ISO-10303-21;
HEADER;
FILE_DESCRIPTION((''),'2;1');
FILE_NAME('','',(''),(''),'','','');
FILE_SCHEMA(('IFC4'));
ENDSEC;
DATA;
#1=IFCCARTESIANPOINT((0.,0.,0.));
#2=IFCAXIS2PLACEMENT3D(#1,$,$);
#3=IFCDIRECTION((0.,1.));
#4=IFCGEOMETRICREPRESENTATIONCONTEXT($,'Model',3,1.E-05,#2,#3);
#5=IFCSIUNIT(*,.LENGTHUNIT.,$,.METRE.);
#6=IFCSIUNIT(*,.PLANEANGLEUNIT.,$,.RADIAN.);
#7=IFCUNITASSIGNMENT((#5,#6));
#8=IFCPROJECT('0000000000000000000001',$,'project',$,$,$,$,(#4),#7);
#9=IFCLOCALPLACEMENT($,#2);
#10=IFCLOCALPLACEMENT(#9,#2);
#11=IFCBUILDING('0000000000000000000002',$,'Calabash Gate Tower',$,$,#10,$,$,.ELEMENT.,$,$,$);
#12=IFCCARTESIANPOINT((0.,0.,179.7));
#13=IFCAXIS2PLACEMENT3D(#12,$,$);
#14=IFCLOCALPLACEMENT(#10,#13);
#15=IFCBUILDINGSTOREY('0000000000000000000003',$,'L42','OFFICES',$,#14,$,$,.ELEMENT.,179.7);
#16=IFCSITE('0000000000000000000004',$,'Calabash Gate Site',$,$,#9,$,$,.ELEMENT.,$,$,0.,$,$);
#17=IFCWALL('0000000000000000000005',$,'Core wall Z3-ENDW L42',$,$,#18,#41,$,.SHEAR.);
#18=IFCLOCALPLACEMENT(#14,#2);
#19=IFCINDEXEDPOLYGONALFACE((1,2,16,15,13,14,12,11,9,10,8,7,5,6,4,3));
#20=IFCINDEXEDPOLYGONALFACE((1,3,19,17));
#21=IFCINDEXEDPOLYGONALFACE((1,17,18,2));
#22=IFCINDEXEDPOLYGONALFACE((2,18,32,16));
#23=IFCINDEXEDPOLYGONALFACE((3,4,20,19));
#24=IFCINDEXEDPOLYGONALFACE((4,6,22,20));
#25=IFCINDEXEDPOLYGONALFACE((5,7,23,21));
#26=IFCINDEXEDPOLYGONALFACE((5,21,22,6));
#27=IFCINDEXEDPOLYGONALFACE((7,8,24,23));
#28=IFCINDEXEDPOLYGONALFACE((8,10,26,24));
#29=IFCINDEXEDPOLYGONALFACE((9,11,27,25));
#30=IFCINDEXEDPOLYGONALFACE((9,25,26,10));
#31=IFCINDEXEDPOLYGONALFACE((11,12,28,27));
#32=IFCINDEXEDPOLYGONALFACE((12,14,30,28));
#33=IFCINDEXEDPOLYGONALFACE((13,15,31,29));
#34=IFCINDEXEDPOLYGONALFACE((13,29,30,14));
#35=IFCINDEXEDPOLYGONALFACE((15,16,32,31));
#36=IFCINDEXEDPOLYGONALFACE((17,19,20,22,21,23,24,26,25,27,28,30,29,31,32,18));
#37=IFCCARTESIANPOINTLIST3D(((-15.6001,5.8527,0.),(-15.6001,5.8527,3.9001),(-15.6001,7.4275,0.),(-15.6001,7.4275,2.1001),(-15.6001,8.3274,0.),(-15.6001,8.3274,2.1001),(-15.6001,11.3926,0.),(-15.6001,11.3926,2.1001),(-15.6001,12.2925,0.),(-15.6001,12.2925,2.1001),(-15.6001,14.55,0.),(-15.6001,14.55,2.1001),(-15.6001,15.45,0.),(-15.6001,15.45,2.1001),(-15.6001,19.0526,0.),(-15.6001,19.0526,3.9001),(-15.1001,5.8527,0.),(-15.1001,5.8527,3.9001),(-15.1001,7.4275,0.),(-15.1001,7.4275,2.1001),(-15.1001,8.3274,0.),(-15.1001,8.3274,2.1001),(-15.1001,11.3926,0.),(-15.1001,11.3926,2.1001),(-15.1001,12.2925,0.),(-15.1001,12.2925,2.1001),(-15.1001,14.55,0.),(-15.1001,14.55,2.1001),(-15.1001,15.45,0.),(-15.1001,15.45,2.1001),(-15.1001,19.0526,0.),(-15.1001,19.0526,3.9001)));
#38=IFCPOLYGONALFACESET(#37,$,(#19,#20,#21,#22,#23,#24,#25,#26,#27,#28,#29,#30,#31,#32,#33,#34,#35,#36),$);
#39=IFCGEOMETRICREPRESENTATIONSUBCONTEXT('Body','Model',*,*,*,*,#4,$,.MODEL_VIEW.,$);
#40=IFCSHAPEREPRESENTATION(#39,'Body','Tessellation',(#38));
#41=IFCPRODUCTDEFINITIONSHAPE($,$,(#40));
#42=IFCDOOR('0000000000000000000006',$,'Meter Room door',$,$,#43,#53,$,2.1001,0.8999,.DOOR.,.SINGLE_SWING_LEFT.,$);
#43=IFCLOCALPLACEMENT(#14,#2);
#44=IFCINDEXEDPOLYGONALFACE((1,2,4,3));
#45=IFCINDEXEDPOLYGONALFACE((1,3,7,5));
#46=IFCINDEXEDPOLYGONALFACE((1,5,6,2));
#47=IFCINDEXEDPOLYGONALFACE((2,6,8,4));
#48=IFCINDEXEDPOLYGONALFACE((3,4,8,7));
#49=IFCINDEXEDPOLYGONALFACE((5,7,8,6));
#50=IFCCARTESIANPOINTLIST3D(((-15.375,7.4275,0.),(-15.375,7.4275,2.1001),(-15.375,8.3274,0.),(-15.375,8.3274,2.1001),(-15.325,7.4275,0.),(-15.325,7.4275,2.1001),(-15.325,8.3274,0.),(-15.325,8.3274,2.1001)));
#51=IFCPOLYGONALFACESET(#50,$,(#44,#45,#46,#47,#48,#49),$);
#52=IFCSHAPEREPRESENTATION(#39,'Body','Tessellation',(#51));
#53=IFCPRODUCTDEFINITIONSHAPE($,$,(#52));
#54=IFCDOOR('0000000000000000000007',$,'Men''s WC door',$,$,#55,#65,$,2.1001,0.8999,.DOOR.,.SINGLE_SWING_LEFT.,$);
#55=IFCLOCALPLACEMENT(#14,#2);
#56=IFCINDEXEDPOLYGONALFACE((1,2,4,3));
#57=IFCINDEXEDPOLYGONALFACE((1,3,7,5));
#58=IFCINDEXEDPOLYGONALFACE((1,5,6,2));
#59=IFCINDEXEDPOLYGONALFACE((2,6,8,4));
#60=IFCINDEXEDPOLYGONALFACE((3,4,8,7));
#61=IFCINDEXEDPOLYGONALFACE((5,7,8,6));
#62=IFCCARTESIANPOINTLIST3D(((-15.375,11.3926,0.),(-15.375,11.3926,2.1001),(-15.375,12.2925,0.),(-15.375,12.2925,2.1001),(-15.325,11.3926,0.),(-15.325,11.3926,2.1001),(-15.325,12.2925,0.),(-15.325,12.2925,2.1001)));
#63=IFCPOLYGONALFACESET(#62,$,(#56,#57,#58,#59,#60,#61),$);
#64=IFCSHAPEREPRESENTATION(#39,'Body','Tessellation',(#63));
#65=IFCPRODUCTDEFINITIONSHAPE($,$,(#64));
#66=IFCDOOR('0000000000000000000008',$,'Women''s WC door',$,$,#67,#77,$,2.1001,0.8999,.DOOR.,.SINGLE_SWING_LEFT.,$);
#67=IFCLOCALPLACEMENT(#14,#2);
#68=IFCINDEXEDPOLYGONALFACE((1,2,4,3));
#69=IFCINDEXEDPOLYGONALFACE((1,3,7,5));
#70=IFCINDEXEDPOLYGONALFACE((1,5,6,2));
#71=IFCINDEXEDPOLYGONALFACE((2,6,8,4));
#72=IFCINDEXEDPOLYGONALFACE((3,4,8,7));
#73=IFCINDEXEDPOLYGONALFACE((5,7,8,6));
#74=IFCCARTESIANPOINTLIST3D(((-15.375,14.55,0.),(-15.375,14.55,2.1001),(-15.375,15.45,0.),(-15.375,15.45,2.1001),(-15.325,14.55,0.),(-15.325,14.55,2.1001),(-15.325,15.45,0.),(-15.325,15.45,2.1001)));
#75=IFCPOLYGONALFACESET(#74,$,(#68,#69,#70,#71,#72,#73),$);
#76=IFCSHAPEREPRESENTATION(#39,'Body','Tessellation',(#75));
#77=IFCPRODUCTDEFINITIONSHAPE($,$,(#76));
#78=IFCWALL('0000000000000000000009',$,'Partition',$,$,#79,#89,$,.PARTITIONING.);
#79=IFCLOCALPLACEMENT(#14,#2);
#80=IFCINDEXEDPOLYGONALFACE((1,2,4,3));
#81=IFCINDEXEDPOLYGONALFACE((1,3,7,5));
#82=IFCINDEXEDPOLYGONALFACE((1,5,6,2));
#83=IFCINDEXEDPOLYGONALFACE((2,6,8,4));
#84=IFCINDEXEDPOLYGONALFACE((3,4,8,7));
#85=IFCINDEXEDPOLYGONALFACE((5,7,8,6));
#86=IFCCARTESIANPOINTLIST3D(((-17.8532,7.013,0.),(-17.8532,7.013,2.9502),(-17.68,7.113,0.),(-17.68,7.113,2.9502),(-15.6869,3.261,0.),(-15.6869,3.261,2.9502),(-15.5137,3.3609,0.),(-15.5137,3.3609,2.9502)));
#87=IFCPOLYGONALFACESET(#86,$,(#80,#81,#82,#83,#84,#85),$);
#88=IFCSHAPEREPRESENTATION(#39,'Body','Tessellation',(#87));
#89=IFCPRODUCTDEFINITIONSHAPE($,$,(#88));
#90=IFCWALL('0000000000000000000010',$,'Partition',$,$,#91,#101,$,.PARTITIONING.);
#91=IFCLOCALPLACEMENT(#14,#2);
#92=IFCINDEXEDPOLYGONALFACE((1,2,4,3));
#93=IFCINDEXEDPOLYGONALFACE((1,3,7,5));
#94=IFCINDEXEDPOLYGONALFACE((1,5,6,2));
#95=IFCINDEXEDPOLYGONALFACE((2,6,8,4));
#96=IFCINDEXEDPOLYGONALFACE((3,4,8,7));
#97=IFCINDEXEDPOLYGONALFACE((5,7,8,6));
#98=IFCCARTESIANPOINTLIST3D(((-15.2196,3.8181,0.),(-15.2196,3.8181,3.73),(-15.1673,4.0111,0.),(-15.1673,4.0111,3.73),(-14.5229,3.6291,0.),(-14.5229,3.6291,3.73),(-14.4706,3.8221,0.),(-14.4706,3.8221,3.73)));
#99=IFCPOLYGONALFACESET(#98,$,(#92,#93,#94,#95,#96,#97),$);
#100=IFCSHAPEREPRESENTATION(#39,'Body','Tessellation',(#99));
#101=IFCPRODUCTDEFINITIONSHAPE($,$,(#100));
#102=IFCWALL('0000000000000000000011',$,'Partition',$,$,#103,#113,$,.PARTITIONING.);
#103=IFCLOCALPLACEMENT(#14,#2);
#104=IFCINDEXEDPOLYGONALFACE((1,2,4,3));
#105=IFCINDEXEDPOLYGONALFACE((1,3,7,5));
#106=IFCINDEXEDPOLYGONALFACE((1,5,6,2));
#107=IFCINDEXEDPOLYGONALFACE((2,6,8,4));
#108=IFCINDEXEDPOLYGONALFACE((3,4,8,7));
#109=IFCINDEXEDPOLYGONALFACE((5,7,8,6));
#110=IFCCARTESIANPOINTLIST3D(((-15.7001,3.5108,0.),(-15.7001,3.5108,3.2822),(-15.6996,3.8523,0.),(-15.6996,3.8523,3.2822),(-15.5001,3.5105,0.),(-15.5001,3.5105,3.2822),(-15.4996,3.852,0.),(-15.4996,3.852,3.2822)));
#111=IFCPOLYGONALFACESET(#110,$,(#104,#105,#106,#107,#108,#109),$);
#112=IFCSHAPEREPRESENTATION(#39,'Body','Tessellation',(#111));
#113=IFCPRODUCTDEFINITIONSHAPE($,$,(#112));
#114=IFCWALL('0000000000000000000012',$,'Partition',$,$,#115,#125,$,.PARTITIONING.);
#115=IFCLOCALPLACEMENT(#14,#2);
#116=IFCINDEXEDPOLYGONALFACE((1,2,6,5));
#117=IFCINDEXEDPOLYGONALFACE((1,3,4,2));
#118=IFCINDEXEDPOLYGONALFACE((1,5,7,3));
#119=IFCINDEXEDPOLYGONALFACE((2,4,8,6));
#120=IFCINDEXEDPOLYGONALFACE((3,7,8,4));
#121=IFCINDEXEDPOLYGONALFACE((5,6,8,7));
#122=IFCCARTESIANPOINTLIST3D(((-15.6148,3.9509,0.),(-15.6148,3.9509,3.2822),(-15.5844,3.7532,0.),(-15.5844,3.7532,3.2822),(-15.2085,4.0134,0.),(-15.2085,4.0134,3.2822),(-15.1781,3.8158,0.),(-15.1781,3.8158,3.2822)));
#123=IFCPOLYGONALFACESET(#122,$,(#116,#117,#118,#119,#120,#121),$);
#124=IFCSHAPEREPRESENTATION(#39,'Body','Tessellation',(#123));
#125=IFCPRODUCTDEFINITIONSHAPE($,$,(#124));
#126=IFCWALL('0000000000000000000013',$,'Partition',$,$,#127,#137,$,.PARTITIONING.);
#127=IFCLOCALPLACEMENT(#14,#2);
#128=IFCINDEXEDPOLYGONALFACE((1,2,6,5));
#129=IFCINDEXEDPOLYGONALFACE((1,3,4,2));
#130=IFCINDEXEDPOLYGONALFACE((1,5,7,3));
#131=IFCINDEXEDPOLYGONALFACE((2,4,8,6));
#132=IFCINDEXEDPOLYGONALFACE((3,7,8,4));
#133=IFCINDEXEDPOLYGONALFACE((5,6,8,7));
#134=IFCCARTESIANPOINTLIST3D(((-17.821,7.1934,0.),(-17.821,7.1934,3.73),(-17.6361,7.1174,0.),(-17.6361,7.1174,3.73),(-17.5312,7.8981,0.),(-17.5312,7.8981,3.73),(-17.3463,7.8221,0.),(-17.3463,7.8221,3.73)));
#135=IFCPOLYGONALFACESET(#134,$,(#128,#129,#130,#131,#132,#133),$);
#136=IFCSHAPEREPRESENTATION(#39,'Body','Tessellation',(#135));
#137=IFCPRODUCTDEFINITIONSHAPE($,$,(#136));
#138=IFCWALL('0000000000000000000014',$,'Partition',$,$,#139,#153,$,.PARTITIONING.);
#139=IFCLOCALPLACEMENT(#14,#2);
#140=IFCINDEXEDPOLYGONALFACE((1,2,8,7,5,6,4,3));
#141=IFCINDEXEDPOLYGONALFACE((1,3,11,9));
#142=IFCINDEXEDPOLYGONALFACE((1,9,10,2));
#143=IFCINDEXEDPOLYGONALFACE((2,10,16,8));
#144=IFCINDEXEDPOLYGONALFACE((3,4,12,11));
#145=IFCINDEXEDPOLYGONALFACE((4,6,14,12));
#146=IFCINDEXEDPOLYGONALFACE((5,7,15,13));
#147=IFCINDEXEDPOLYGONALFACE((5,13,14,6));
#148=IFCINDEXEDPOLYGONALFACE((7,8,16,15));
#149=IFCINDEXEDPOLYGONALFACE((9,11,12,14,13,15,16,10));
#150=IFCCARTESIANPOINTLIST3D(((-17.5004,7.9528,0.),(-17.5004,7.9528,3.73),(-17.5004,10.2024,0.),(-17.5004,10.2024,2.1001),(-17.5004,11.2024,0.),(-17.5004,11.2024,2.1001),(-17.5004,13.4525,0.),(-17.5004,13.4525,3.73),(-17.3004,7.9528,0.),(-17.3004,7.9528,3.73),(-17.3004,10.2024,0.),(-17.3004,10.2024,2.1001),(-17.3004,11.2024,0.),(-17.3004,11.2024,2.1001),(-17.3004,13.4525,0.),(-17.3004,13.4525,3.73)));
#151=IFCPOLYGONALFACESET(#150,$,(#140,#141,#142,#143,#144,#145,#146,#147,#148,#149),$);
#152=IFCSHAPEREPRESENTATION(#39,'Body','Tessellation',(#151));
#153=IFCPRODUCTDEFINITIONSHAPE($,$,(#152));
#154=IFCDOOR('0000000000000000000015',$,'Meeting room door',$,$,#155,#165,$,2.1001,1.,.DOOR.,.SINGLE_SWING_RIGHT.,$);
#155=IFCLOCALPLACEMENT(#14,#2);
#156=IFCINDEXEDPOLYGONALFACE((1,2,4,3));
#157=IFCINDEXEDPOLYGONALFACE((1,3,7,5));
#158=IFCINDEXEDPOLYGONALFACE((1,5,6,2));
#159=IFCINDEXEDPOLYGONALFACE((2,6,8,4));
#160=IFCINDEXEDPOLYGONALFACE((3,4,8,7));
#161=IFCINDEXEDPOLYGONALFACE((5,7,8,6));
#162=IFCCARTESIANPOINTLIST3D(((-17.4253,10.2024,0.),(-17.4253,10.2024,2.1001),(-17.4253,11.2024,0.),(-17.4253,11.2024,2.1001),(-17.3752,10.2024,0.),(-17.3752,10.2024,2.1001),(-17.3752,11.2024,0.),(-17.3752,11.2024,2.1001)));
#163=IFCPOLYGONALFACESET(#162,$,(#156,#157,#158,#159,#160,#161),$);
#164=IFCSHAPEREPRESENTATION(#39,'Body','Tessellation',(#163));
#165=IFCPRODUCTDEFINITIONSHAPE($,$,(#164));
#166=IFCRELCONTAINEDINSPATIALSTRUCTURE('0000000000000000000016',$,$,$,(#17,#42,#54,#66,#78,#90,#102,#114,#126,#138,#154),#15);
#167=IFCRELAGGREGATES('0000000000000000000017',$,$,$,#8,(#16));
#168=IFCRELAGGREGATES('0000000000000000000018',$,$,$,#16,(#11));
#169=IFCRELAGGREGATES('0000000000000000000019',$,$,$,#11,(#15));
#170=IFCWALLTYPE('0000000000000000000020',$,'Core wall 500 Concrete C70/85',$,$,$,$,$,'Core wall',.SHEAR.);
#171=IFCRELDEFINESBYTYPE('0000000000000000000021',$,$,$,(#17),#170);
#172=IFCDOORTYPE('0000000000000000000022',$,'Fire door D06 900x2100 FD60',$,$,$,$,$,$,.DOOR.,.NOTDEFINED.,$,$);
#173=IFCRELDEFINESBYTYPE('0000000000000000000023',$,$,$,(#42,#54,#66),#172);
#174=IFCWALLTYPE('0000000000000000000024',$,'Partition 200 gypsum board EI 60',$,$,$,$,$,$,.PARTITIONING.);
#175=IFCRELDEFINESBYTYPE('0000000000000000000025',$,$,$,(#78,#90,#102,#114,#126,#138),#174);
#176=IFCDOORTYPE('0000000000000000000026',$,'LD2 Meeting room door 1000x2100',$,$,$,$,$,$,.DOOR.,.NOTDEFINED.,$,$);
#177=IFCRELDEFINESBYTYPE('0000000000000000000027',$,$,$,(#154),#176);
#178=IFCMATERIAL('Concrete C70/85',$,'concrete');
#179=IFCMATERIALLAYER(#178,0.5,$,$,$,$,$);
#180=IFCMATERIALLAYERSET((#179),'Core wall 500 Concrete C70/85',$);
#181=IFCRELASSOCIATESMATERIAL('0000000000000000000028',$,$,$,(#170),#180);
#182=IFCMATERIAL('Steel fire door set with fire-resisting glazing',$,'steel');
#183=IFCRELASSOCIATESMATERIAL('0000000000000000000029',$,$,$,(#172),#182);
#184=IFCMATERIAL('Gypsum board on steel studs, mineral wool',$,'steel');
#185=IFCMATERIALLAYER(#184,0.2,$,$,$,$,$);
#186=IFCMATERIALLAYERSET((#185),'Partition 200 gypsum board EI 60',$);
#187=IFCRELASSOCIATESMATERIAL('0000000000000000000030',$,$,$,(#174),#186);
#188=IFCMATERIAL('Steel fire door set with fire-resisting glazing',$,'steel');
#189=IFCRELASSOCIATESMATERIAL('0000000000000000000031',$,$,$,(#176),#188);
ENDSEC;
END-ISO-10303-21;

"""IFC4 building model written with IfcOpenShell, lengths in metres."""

from ifc_helpers import new_model, si_unit, direction, frame, frame_2d, origin, place, context, subcontext, project, spatial, rectangle, extrude, material, layer, layer_set, type_object, element, fill, save


model = new_model("IFC4")

# Units and contexts
model_context = context("Model", 3, precision=1e-05, world=origin(), true_north=direction((0.0, 1.0)))
body_context = subcontext(model_context, "Body", "Model", "MODEL_VIEW")
ifc_project = project(units=[si_unit("LENGTHUNIT", "METRE"), si_unit("PLANEANGLEUNIT", "RADIAN")], contexts=[model_context])

# Site, building, storey
site_placement = place(None, origin())
site = spatial("IfcSite", under=ifc_project, at=site_placement, Name="Calabash Gate Site", CompositionType="ELEMENT", RefElevation=0.0)
building_placement = place(site_placement, origin())
building = spatial("IfcBuilding", under=site, at=building_placement, Name="Calabash Gate Tower", CompositionType="ELEMENT")
storey_placement = place(building_placement, frame((0.0, 0.0, 179.7)))
storey = spatial("IfcBuildingStorey", under=building, at=storey_placement, Name="L42", Description="OFFICES", CompositionType="ELEMENT", Elevation=179.7)

# Wall, openings, doors
ifc_material_1 = material(Name="Concrete C70/85", Category="concrete")
ifc_layer_1 = layer(ifc_material_1, 0.5)
ifc_layer_set_1 = layer_set([ifc_layer_1], Name="Core wall 500 Concrete C70/85")
wall_type_1 = type_object("IfcWallType", Name="Core wall 500 Concrete C70/85", ElementType="Core wall", PredefinedType="SHEAR", material=ifc_layer_set_1)
wall_1_placement = place(storey_placement, frame((-15.3501, 5.8525, 0.0), z_axis=(0.0, 0.0, 1.0), x_axis=(0.0, 1.0, 0.0)))
wall_1 = element("IfcWall", 1, at=wall_1_placement, inside=storey, type_object=wall_type_1, Name="Core wall Z3-ENDW L42", PredefinedType="SHEAR", context=body_context, shape_type="SweptSolid", body=[
    extrude(rectangle(XDim=13.2, YDim=0.5, at=frame_2d((6.6001, 0.0))), origin(), (0.0, 0.0, 1.0), 3.9001),
])
opening_1_placement = place(wall_1_placement, frame((1.575, 0.0, 0.0)))
opening_1 = element("IfcOpeningElement", 2, at=opening_1_placement, cuts=wall_1, PredefinedType="OPENING", context=body_context, shape_type="SweptSolid", body=[
    extrude(rectangle(XDim=0.8999, YDim=2.1001, at=frame_2d((0.45, 1.05))), frame((0.0, 0.26, 0.0), z_axis=(0.0, -1.0, 0.0), x_axis=(1.0, 0.0, 0.0)), (0.0, 0.0, 1.0), 0.52),
])
opening_2_placement = place(wall_1_placement, frame((5.54, 0.0, 0.0)))
opening_2 = element("IfcOpeningElement", 3, at=opening_2_placement, cuts=wall_1, PredefinedType="OPENING", context=body_context, shape_type="SweptSolid", body=[
    extrude(rectangle(XDim=0.8999, YDim=2.1001, at=frame_2d((0.45, 1.05))), frame((0.0, 0.26, 0.0), z_axis=(0.0, -1.0, 0.0), x_axis=(1.0, 0.0, 0.0)), (0.0, 0.0, 1.0), 0.52),
])
opening_3_placement = place(wall_1_placement, frame((8.6975, 0.0, 0.0)))
opening_3 = element("IfcOpeningElement", 4, at=opening_3_placement, cuts=wall_1, PredefinedType="OPENING", context=body_context, shape_type="SweptSolid", body=[
    extrude(rectangle(XDim=0.8999, YDim=2.1001, at=frame_2d((0.45, 1.05))), frame((0.0, 0.26, 0.0), z_axis=(0.0, -1.0, 0.0), x_axis=(1.0, 0.0, 0.0)), (0.0, 0.0, 1.0), 0.52),
])
ifc_material_2 = material(Name="Steel fire door set with fire-resisting glazing", Category="steel")
door_type_1 = type_object("IfcDoorType", Name="Fire door D06 900x2100 FD60", OperationType="NOTDEFINED", PredefinedType="DOOR", material=ifc_material_2)
door_1_placement = place(opening_1_placement, origin())
door_1 = element("IfcDoor", 5, at=door_1_placement, inside=storey, type_object=door_type_1, Name="Meter Room door", OperationType="SINGLE_SWING_LEFT", OverallHeight=2.1001, OverallWidth=0.8999, PredefinedType="DOOR", context=body_context, shape_type="SweptSolid", body=[
    extrude(rectangle(XDim=0.8999, YDim=2.1001, at=frame_2d((0.45, 1.05))), frame((0.0, 0.0249, 0.0), z_axis=(0.0, -1.0, 0.0), x_axis=(1.0, 0.0, 0.0)), (0.0, 0.0, 1.0), 0.05),
])
fill(opening_1, door_1)
door_2_placement = place(opening_2_placement, origin())
door_2 = element("IfcDoor", 6, at=door_2_placement, inside=storey, type_object=door_type_1, Name="Men's WC door", OperationType="SINGLE_SWING_LEFT", OverallHeight=2.1001, OverallWidth=0.8999, PredefinedType="DOOR", context=body_context, shape_type="SweptSolid", body=[
    extrude(rectangle(XDim=0.8999, YDim=2.1001, at=frame_2d((0.45, 1.05))), frame((0.0, 0.0249, 0.0), z_axis=(0.0, -1.0, 0.0), x_axis=(1.0, 0.0, 0.0)), (0.0, 0.0, 1.0), 0.05),
])
fill(opening_2, door_2)
door_3_placement = place(opening_3_placement, origin())
door_3 = element("IfcDoor", 7, at=door_3_placement, inside=storey, type_object=door_type_1, Name="Women's WC door", OperationType="SINGLE_SWING_LEFT", OverallHeight=2.1001, OverallWidth=0.8999, PredefinedType="DOOR", context=body_context, shape_type="SweptSolid", body=[
    extrude(rectangle(XDim=0.8999, YDim=2.1001, at=frame_2d((0.45, 1.05))), frame((0.0, 0.0249, 0.0), z_axis=(0.0, -1.0, 0.0), x_axis=(1.0, 0.0, 0.0)), (0.0, 0.0, 1.0), 0.05),
])
fill(opening_3, door_3)

# Walls
ifc_material_3 = material(Name="Gypsum board on steel studs, mineral wool", Category="steel")
ifc_layer_2 = layer(ifc_material_3, 0.2)
ifc_layer_set_2 = layer_set([ifc_layer_2], Name="Partition 200 gypsum board EI 60")
wall_type_2 = type_object("IfcWallType", Name="Partition 200 gypsum board EI 60", PredefinedType="PARTITIONING", material=ifc_layer_set_2)
wall_2_placement = place(storey_placement, frame((-17.7666, 7.063, 0.0), z_axis=(0.0, 0.0, 1.0), x_axis=(0.500012, -0.866019, 0.0)))
element("IfcWall", 8, at=wall_2_placement, inside=storey, type_object=wall_type_2, Name="Partition", PredefinedType="PARTITIONING", context=body_context, shape_type="SweptSolid", body=[
    extrude(rectangle(XDim=4.3325, YDim=0.2, at=frame_2d((2.1663, 0.0))), origin(), (0.0, 0.0, 1.0), 2.9502),
])
wall_3_placement = place(storey_placement, frame((-15.1934, 3.9146, 0.0), z_axis=(0.0, 0.0, 1.0), x_axis=(0.965137, -0.261744, 0.0)))
element("IfcWall", 9, at=wall_3_placement, inside=storey, type_object=wall_type_2, Name="Partition", PredefinedType="PARTITIONING", context=body_context, shape_type="SweptSolid", body=[
    extrude(rectangle(XDim=0.7219, YDim=0.2, at=frame_2d((0.3608, 0.0))), origin(), (0.0, 0.0, 1.0), 3.73),
])
wall_4_placement = place(storey_placement, frame((-15.6001, 3.5105, 0.0), z_axis=(0.0, 0.0, 1.0), x_axis=(0.00143, 0.999999, 0.0)))
element("IfcWall", 10, at=wall_4_placement, inside=storey, type_object=wall_type_2, Name="Partition", PredefinedType="PARTITIONING", context=body_context, shape_type="SweptSolid", body=[
    extrude(rectangle(XDim=0.3416, YDim=0.2, at=frame_2d((0.1709, 0.0))), origin(), (0.0, 0.0, 1.0), 3.2822),
])
wall_5_placement = place(storey_placement, frame((-15.5996, 3.8521, 0.0), z_axis=(0.0, 0.0, 1.0), x_axis=(0.988372, 0.152057, 0.0)))
element("IfcWall", 11, at=wall_5_placement, inside=storey, type_object=wall_type_2, Name="Partition", PredefinedType="PARTITIONING", context=body_context, shape_type="SweptSolid", body=[
    extrude(rectangle(XDim=0.4111, YDim=0.2, at=frame_2d((0.2056, 0.0))), origin(), (0.0, 0.0, 1.0), 3.2822),
])
wall_6_placement = place(storey_placement, frame((-17.7285, 7.1555, 0.0), z_axis=(0.0, 0.0, 1.0), x_axis=(0.380379, 0.924831, 0.0)))
element("IfcWall", 12, at=wall_6_placement, inside=storey, type_object=wall_type_2, Name="Partition", PredefinedType="PARTITIONING", context=body_context, shape_type="SweptSolid", body=[
    extrude(rectangle(XDim=0.762, YDim=0.2, at=frame_2d((0.3809, 0.0))), origin(), (0.0, 0.0, 1.0), 3.73),
])

# Wall, opening, door
wall_7_placement = place(storey_placement, frame((-17.4004, 7.9526, 0.0), z_axis=(0.0, 0.0, 1.0), x_axis=(0.0, 1.0, 0.0)))
wall_7 = element("IfcWall", 13, at=wall_7_placement, inside=storey, type_object=wall_type_2, Name="Partition", PredefinedType="PARTITIONING", context=body_context, shape_type="SweptSolid", body=[
    extrude(rectangle(XDim=5.4998, YDim=0.2, at=frame_2d((2.75, 0.0))), origin(), (0.0, 0.0, 1.0), 3.73),
])
opening_4_placement = place(wall_7_placement, frame((2.2498, 0.0, 0.0)))
opening_4 = element("IfcOpeningElement", 14, at=opening_4_placement, cuts=wall_7, PredefinedType="OPENING", context=body_context, shape_type="SweptSolid", body=[
    extrude(rectangle(XDim=1.0, YDim=2.1001, at=frame_2d((0.5, 1.05))), frame((0.0, 0.1099, 0.0), z_axis=(0.0, -1.0, 0.0), x_axis=(1.0, 0.0, 0.0)), (0.0, 0.0, 1.0), 0.22),
])
ifc_material_4 = material(Name="Steel fire door set with fire-resisting glazing", Category="steel")
door_type_2 = type_object("IfcDoorType", Name="LD2 Meeting room door 1000x2100", OperationType="NOTDEFINED", PredefinedType="DOOR", material=ifc_material_4)
door_4_placement = place(opening_4_placement, origin())
door_4 = element("IfcDoor", 15, at=door_4_placement, inside=storey, type_object=door_type_2, Name="Meeting room door", OperationType="SINGLE_SWING_RIGHT", OverallHeight=2.1001, OverallWidth=1.0, PredefinedType="DOOR", context=body_context, shape_type="SweptSolid", body=[
    extrude(rectangle(XDim=1.0, YDim=2.1001, at=frame_2d((0.5, 1.05))), frame((0.0, 0.0249, 0.0), z_axis=(0.0, -1.0, 0.0), x_axis=(1.0, 0.0, 0.0)), (0.0, 0.0, 1.0), 0.05),
])
fill(opening_4, door_4)

save(model, "model.ifc")
